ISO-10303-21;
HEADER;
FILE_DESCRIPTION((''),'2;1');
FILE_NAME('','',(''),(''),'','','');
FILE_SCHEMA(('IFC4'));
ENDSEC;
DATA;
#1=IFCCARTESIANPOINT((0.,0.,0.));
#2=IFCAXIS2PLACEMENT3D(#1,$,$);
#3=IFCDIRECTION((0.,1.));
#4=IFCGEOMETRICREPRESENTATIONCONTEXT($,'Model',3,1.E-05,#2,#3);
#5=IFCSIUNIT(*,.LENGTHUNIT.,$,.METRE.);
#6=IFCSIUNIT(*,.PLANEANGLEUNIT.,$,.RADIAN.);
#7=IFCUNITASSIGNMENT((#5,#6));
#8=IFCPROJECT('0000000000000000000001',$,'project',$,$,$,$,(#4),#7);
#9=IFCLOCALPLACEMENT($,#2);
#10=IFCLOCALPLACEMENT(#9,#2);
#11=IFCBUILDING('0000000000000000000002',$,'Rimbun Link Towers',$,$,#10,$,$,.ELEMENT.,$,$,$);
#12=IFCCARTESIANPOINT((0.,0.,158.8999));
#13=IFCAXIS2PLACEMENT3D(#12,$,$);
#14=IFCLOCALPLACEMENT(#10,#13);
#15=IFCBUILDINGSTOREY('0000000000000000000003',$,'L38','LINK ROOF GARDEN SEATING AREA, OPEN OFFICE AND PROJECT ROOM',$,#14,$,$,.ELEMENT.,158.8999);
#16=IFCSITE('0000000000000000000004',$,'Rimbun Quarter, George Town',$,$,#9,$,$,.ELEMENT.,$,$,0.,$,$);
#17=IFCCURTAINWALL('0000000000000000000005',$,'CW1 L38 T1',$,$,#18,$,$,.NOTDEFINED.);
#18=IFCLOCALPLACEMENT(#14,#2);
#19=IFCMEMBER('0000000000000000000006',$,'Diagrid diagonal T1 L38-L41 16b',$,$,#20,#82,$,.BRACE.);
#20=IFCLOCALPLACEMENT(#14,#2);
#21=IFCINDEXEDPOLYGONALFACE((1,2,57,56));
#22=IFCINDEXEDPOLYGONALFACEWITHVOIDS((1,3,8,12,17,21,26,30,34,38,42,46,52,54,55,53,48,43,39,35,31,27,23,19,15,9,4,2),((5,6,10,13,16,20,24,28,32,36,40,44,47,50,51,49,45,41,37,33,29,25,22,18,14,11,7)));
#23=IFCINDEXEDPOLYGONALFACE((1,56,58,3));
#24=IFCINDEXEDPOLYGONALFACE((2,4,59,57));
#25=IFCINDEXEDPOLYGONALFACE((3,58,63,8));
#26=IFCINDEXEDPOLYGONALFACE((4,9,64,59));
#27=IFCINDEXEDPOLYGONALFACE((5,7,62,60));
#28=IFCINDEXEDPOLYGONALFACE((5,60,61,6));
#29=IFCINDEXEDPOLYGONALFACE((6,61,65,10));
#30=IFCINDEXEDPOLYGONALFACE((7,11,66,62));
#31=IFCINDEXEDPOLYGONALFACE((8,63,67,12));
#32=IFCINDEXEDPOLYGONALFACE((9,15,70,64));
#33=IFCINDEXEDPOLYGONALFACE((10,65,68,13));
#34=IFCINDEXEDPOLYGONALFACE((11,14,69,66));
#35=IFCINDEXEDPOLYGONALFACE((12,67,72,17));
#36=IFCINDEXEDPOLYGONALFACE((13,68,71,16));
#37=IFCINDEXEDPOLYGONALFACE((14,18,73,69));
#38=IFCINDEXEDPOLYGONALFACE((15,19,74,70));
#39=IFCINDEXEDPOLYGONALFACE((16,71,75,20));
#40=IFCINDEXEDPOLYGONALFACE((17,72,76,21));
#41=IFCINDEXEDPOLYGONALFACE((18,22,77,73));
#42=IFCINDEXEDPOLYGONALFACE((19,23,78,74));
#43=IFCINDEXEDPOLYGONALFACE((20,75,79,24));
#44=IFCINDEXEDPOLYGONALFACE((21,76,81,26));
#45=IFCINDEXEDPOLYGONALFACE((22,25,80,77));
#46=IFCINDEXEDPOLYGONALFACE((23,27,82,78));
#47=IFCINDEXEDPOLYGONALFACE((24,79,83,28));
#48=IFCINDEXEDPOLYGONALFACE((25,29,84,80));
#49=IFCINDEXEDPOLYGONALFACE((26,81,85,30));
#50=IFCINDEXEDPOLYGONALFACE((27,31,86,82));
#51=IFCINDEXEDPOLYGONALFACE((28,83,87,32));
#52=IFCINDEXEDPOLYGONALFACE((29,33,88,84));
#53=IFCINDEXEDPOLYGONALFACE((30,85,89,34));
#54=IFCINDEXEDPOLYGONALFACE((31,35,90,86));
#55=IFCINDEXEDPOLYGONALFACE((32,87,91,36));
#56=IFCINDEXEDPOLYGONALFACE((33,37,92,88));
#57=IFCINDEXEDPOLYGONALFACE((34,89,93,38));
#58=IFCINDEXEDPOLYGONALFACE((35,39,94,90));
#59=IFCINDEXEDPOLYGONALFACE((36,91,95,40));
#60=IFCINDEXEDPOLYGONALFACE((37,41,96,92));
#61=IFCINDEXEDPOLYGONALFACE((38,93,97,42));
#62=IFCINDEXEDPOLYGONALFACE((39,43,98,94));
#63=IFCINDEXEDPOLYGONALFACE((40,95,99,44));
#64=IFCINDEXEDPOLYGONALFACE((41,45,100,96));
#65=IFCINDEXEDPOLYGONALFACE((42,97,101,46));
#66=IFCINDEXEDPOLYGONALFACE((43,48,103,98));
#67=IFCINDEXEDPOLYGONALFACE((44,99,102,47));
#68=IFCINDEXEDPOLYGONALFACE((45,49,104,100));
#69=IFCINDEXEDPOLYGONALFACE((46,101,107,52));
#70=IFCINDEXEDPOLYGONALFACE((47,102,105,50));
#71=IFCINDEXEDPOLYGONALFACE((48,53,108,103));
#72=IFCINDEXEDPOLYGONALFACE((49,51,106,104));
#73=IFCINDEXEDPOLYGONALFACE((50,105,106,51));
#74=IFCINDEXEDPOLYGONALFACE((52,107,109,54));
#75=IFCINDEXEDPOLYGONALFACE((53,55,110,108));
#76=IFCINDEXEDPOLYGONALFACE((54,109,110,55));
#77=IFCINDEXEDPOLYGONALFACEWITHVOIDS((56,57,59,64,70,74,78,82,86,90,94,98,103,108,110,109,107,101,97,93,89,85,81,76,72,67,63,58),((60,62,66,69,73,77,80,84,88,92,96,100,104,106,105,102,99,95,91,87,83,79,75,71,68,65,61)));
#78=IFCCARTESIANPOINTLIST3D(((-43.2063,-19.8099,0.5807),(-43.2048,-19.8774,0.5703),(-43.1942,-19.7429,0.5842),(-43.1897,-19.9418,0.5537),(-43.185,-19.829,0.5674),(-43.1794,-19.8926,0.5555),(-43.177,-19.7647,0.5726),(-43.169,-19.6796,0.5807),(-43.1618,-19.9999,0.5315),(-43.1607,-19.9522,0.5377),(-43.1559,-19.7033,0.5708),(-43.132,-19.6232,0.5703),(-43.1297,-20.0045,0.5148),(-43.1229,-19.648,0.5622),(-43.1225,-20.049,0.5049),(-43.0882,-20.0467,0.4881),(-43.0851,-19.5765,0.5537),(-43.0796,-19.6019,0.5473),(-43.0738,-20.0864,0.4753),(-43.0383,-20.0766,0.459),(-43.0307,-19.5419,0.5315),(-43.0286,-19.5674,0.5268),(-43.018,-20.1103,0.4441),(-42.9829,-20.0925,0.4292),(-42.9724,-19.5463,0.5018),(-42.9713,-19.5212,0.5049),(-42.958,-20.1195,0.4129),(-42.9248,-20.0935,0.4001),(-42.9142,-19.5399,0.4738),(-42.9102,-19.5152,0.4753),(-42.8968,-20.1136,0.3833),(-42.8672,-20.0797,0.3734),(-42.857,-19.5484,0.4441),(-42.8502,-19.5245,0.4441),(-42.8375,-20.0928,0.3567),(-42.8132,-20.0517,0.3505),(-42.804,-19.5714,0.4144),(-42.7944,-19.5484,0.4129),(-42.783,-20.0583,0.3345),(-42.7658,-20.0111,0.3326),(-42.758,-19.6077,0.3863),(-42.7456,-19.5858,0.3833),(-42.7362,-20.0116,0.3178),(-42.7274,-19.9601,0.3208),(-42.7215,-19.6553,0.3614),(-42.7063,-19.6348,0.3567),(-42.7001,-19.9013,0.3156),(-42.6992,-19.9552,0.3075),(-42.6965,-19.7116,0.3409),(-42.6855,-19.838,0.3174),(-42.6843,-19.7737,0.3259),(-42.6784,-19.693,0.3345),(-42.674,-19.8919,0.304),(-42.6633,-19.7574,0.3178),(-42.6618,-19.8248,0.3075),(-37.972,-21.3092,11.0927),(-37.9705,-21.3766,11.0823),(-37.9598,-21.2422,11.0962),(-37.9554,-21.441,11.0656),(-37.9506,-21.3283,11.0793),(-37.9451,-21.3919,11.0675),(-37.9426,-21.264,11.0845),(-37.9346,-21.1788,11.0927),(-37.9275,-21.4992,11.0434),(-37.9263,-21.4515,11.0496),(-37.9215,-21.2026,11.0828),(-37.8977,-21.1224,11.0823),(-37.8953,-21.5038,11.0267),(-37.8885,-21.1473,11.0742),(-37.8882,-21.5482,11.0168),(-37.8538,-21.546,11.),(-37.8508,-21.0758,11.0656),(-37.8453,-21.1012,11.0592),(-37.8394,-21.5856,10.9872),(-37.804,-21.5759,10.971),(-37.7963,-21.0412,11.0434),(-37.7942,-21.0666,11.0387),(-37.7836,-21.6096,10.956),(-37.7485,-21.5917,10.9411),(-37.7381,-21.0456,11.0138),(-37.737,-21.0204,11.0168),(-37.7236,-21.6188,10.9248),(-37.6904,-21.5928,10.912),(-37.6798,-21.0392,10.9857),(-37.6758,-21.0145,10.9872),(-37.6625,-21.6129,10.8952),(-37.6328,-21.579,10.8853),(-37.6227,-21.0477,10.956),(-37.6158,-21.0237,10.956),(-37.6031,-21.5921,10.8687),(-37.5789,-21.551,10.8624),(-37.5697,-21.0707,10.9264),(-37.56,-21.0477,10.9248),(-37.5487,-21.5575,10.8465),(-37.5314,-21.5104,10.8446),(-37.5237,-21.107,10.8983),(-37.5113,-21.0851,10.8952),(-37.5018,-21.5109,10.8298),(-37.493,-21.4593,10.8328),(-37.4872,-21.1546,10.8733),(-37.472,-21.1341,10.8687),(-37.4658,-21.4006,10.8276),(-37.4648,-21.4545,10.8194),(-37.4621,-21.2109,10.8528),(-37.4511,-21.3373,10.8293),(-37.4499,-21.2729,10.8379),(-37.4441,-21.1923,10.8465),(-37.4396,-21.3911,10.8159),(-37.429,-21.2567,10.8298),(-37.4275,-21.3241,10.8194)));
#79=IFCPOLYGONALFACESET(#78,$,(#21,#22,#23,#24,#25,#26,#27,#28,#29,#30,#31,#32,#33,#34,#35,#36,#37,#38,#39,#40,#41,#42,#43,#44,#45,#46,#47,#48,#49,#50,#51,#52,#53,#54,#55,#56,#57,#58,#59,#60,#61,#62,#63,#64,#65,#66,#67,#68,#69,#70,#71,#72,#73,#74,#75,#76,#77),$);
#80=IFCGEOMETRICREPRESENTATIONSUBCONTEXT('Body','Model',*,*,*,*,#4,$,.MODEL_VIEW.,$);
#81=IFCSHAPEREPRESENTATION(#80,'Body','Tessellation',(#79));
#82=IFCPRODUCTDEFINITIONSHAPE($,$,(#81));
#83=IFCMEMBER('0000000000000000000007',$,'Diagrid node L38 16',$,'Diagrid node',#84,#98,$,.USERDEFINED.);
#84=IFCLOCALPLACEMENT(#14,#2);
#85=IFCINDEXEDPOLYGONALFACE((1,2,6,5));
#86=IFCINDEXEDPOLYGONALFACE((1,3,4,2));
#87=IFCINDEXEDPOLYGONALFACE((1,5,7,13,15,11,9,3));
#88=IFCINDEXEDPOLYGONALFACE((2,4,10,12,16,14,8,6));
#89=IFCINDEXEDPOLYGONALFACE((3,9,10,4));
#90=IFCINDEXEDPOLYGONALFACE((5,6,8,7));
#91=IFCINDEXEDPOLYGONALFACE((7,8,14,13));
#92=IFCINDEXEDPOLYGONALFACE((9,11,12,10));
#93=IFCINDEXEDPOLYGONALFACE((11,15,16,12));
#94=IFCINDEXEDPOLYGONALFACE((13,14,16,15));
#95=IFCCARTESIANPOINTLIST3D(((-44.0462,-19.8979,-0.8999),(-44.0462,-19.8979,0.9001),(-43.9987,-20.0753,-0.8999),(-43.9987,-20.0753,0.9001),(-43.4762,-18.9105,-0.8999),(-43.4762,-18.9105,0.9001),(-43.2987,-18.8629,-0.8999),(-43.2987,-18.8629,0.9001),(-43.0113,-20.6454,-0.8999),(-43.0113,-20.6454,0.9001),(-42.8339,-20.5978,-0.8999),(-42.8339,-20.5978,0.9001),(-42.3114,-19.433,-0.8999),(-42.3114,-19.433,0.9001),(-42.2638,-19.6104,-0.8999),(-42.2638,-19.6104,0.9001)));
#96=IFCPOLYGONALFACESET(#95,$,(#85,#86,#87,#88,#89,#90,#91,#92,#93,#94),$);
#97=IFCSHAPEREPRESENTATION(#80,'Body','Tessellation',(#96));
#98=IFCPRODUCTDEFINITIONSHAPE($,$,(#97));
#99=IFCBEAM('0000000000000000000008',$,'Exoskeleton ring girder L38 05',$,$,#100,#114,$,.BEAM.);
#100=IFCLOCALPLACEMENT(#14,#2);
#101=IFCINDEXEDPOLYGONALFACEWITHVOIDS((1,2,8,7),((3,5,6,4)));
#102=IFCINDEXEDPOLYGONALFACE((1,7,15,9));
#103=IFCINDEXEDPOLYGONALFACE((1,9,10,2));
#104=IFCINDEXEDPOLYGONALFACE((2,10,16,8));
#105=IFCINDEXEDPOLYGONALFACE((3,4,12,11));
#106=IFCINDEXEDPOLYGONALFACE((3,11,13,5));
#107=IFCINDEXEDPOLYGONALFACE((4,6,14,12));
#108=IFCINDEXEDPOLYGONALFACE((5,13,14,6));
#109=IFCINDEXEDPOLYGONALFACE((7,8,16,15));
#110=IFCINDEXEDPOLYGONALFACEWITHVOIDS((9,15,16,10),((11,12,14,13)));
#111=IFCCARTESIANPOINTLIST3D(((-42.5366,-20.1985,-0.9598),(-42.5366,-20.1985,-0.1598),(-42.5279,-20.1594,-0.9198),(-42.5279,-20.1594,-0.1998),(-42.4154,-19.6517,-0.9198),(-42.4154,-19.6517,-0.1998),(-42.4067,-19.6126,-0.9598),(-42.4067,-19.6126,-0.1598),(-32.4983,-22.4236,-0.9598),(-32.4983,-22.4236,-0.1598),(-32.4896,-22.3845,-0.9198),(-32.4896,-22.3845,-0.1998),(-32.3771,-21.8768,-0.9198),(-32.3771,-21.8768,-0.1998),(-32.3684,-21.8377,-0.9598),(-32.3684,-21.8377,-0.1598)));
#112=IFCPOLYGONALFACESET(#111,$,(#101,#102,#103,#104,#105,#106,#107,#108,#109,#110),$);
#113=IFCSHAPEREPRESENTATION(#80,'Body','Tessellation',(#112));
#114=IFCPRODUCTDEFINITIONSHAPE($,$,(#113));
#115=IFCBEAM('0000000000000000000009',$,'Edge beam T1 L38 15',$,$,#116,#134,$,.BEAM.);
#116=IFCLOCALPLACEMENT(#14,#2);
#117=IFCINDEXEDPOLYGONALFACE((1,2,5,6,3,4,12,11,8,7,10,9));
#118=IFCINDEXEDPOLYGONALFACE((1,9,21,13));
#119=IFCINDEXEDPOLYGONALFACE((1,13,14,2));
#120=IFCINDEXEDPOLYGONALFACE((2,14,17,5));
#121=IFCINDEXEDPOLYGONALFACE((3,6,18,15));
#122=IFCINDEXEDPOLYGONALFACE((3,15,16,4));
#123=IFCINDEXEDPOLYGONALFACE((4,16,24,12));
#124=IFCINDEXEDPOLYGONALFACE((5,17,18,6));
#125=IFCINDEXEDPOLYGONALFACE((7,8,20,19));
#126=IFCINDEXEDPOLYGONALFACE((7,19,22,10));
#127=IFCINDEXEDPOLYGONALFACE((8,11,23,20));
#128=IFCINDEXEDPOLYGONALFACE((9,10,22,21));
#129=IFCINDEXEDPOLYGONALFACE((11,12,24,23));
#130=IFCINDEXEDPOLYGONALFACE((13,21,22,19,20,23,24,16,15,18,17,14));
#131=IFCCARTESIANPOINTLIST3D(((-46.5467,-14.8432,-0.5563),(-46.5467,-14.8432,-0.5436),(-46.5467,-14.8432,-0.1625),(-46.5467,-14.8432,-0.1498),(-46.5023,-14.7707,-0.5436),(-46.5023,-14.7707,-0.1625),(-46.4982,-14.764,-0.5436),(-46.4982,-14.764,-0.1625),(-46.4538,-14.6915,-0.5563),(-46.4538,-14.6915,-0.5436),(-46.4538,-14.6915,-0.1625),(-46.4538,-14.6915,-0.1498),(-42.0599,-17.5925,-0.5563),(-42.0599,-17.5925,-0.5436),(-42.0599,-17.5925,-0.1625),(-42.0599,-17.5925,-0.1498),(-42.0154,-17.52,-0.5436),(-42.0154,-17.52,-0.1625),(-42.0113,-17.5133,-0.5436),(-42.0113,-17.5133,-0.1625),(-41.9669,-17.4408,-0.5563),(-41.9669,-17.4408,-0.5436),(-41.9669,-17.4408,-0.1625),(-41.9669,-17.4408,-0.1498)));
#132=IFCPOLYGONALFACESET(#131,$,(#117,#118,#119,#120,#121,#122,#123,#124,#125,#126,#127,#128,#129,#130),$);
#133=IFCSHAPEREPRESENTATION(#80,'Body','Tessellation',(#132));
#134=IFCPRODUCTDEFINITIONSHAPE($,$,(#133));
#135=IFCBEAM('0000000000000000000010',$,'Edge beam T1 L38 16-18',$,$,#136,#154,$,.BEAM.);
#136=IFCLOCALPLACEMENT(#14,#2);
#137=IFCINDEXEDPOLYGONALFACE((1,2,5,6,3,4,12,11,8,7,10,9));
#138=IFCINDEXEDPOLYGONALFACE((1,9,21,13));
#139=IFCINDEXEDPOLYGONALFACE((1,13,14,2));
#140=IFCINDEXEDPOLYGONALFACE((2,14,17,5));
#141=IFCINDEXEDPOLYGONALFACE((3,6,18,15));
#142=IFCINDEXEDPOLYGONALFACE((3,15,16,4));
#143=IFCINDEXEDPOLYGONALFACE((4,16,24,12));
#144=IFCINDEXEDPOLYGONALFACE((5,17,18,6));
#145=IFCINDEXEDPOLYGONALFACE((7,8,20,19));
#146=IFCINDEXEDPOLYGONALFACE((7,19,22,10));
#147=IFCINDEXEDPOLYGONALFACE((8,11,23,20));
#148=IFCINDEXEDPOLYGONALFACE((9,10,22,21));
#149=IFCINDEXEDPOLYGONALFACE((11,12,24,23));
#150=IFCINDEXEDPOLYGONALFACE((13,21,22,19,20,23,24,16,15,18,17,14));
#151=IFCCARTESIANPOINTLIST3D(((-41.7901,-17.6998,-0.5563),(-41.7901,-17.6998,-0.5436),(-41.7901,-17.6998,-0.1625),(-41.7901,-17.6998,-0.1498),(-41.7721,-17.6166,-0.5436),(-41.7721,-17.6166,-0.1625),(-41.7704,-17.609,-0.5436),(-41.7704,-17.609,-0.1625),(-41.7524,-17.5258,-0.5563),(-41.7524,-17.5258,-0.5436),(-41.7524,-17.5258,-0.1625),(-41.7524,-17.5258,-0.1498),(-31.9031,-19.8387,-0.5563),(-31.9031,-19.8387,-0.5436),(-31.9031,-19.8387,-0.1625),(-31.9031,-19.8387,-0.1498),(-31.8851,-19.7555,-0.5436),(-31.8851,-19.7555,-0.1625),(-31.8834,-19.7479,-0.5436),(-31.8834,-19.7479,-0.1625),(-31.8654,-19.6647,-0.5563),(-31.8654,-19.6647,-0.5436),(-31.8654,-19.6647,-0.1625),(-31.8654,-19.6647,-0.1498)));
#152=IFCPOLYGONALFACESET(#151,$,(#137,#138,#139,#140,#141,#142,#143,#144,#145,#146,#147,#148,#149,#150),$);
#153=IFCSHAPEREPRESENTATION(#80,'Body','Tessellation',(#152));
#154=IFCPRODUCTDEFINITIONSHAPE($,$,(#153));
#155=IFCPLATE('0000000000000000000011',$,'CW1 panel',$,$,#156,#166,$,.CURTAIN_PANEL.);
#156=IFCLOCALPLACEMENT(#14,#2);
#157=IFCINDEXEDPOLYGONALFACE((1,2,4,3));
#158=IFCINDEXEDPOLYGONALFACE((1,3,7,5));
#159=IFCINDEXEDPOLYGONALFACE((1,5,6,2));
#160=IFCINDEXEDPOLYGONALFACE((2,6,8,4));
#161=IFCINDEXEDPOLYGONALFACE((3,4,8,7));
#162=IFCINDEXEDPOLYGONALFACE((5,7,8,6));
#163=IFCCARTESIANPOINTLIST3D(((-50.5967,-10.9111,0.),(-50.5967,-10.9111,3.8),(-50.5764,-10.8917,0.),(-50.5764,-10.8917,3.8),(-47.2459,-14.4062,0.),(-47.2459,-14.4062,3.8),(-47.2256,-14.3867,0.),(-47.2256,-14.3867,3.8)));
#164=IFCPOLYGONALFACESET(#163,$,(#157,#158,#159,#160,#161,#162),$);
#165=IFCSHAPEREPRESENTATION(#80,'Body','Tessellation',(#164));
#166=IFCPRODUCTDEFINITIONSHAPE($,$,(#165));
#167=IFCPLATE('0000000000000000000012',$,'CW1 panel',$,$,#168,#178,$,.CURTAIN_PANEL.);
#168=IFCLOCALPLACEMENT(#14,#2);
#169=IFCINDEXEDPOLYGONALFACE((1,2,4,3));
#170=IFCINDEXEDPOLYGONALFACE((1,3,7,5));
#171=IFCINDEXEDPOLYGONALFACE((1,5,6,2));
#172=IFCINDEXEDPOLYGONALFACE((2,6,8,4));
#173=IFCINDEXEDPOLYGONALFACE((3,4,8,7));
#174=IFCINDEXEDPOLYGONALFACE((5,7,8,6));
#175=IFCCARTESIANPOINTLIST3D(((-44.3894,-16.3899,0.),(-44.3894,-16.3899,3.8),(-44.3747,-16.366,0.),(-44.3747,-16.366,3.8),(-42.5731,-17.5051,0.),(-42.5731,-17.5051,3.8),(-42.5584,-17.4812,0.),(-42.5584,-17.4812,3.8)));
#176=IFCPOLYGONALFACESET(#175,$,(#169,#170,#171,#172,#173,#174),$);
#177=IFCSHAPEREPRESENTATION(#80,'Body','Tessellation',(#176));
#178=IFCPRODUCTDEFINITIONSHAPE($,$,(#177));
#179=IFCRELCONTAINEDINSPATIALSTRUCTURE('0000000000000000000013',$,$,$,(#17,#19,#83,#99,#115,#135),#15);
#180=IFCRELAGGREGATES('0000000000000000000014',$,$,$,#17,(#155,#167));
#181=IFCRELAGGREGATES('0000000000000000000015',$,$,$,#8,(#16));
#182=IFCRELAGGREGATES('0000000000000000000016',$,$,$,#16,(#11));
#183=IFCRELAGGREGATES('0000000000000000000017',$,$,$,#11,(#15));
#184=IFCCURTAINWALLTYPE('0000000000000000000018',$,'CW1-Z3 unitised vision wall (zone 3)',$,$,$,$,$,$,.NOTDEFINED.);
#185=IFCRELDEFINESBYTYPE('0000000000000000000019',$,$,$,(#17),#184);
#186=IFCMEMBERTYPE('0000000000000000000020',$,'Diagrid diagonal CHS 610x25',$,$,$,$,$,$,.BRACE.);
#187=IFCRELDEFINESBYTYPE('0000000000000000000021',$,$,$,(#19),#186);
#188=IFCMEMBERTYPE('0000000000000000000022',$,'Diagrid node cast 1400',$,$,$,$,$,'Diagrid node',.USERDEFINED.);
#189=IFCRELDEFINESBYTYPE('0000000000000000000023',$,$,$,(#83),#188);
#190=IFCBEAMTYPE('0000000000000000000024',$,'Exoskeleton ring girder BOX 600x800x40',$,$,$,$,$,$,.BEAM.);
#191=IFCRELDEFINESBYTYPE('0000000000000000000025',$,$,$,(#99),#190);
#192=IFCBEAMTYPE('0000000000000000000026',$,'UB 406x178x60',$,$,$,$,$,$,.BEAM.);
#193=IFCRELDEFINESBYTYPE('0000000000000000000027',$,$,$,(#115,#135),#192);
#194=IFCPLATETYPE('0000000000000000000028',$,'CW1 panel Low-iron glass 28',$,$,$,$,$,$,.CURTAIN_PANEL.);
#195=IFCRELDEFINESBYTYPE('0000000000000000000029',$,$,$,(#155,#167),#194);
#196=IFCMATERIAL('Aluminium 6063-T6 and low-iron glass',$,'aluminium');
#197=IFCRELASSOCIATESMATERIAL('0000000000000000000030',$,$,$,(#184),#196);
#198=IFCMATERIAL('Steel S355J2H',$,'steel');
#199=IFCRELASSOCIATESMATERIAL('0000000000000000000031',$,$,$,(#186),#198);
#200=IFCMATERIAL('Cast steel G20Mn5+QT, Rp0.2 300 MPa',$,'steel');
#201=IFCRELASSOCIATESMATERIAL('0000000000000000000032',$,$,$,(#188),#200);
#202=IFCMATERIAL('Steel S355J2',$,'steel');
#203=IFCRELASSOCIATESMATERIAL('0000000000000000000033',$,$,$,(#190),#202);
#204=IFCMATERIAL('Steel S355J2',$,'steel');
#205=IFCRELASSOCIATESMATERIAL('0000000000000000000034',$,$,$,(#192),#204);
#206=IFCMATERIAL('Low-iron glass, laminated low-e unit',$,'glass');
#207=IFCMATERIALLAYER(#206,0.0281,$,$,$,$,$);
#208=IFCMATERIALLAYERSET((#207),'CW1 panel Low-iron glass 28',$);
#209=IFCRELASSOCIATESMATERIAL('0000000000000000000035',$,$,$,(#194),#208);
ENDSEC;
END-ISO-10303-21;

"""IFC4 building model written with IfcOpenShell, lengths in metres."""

from ifc_helpers import new_model, si_unit, direction, frame, origin, origin_2d, place, context, subcontext, project, spatial, polyline, rectangle, hollow_rectangle, hollow_circle, i_section, outline, extrude, material, layer, layer_set, material_profile, profile_set, type_object, element, aggregate, save


model = new_model("IFC4")

# Units and contexts
model_context = context("Model", 3, precision=1e-05, world=origin(), true_north=direction((0.0, 1.0)))
body_context = subcontext(model_context, "Body", "Model", "MODEL_VIEW")
ifc_project = project(units=[si_unit("LENGTHUNIT", "METRE"), si_unit("PLANEANGLEUNIT", "RADIAN")], contexts=[model_context])

# Site, building, storey
site_placement = place(None, origin())
site = spatial("IfcSite", under=ifc_project, at=site_placement, Name="Rimbun Quarter, George Town", CompositionType="ELEMENT", RefElevation=0.0)
building_placement = place(site_placement, origin())
building = spatial("IfcBuilding", under=site, at=building_placement, Name="Rimbun Link Towers", CompositionType="ELEMENT")
storey_placement = place(building_placement, frame((0.0, 0.0, 158.8999)))
storey = spatial("IfcBuildingStorey", under=building, at=storey_placement, Name="L38", Description="LINK ROOF GARDEN SEATING AREA, OPEN OFFICE AND PROJECT ROOM", CompositionType="ELEMENT", Elevation=158.8999)

# Curtain wall
ifc_material_1 = material(Name="Aluminium 6063-T6 and low-iron glass", Category="aluminium")
curtain_wall_type = type_object("IfcCurtainWallType", Name="CW1-Z3 unitised vision wall (zone 3)", PredefinedType="NOTDEFINED", material=ifc_material_1)
curtain_wall_placement = place(storey_placement, origin())
curtain_wall = element("IfcCurtainWall", 1, at=curtain_wall_placement, inside=storey, type_object=curtain_wall_type, Name="CW1 L38 T1", PredefinedType="NOTDEFINED")

# Members
ifc_material_2 = material(Name="Steel S355J2H", Category="steel")
ifc_material_profile_1 = material_profile(ifc_material_2, hollow_circle(Radius=0.3047, WallThickness=0.0249, at=origin_2d()), Name="Diagrid diagonal CHS 610x25")
ifc_profile_set_1 = profile_set([ifc_material_profile_1], Name="Steel S355J2H")
member_type_1 = type_object("IfcMemberType", Name="Diagrid diagonal CHS 610x25", PredefinedType="BRACE", material=ifc_profile_set_1)
member_1_placement = place(storey_placement, frame((-42.9341, -19.8174, 0.4441), z_axis=(0.442152, -0.126644, 0.887954), x_axis=(0.275355, 0.961343, 0.0)))
element("IfcMember", 2, at=member_1_placement, inside=storey, type_object=member_type_1, Name="Diagrid diagonal T1 L38-L41 16b", PredefinedType="BRACE", context=body_context, shape_type="SweptSolid", body=[
    extrude(hollow_circle(Radius=0.3047, WallThickness=0.0249, at=origin_2d()), origin(), (0.0, 0.0, 1.0), 11.8384),
])
ifc_material_3 = material(Name="Cast steel G20Mn5+QT, Rp0.2 300 MPa", Category="steel")
ifc_material_profile_2 = material_profile(ifc_material_3, outline(polyline([(0.7, -0.5701), (0.7, 0.5701), (0.5701, 0.7), (-0.5701, 0.7), (-0.7, 0.5701), (-0.7, -0.5701), (-0.5701, -0.7), (0.5701, -0.7), (0.7, -0.5701)])), Name="NODE 1400x1400")
ifc_profile_set_2 = profile_set([ifc_material_profile_2], Name="Cast steel G20Mn5+QT, Rp0.2 300 MPa")
member_type_2 = type_object("IfcMemberType", Name="Diagrid node cast 1400", ElementType="Diagrid node", PredefinedType="USERDEFINED", material=ifc_profile_set_2)
member_2_placement = place(storey_placement, frame((-43.155, -19.7542, -0.8999), z_axis=(0.0, 0.0, 1.0), x_axis=(-0.5, -0.866025, 0.0)))
element("IfcMember", 3, at=member_2_placement, inside=storey, type_object=member_type_2, Name="Diagrid node L38 16", ObjectType="Diagrid node", PredefinedType="USERDEFINED", context=body_context, shape_type="SweptSolid", body=[
    extrude(outline(polyline([(0.7, -0.5701), (0.7, 0.5701), (0.5701, 0.7), (-0.5701, 0.7), (-0.7, 0.5701), (-0.7, -0.5701), (-0.5701, -0.7), (0.5701, -0.7), (0.7, -0.5701)])), origin(), (0.0, 0.0, 1.0), 1.8),
])

# Beams
ifc_material_4 = material(Name="Steel S355J2", Category="steel")
ifc_material_profile_3 = material_profile(ifc_material_4, hollow_rectangle(XDim=0.6001, YDim=0.8, WallThickness=0.04, at=origin_2d()), Name="Exoskeleton ring girder BOX 600x800x40")
ifc_profile_set_3 = profile_set([ifc_material_profile_3], Name="Steel S355J2")
beam_type_1 = type_object("IfcBeamType", Name="Exoskeleton ring girder BOX 600x800x40", PredefinedType="BEAM", material=ifc_profile_set_3)
beam_1_placement = place(storey_placement, frame((-42.4717, -19.9055, -0.5598), z_axis=(0.976303, -0.216407, 0.0), x_axis=(0.216407, 0.976303, 0.0)))
element("IfcBeam", 4, at=beam_1_placement, inside=storey, type_object=beam_type_1, Name="Exoskeleton ring girder L38 05", PredefinedType="BEAM", context=body_context, shape_type="SweptSolid", body=[
    extrude(hollow_rectangle(XDim=0.6001, YDim=0.8, WallThickness=0.04, at=origin_2d()), origin(), (0.0, 0.0, 1.0), 10.282),
])
ifc_material_5 = material(Name="Steel S355J2", Category="steel")
ifc_material_profile_4 = material_profile(ifc_material_5, i_section(OverallWidth=0.178, OverallDepth=0.4065, WebThickness=0.0078, FlangeThickness=0.0127, at=origin_2d()), Name="UB 406x178x60")
ifc_profile_set_4 = profile_set([ifc_material_profile_4], Name="Steel S355J2")
beam_type_2 = type_object("IfcBeamType", Name="UB 406x178x60", PredefinedType="BEAM", material=ifc_profile_set_4)
beam_2_placement = place(storey_placement, frame((-46.5002, -14.7673, -0.353), z_axis=(0.852662, -0.522463, 0.0), x_axis=(0.522463, 0.852662, 0.0)))
element("IfcBeam", 5, at=beam_2_placement, inside=storey, type_object=beam_type_2, Name="Edge beam T1 L38 15", PredefinedType="BEAM", context=body_context, shape_type="SweptSolid", body=[
    extrude(i_section(OverallWidth=0.178, OverallDepth=0.4065, WebThickness=0.0078, FlangeThickness=0.0127, at=origin_2d()), origin(), (0.0, 0.0, 1.0), 5.2622),
])
beam_3_placement = place(storey_placement, frame((-41.7712, -17.6128, -0.353), z_axis=(0.97739, -0.211446, 0.0), x_axis=(0.211446, 0.97739, 0.0)))
element("IfcBeam", 6, at=beam_3_placement, inside=storey, type_object=beam_type_2, Name="Edge beam T1 L38 16-18", PredefinedType="BEAM", context=body_context, shape_type="SweptSolid", body=[
    extrude(i_section(OverallWidth=0.178, OverallDepth=0.4065, WebThickness=0.0078, FlangeThickness=0.0127, at=origin_2d()), origin(), (0.0, 0.0, 1.0), 10.1157),
])

# Plates
ifc_material_6 = material(Name="Low-iron glass, laminated low-e unit", Category="glass")
ifc_layer = layer(ifc_material_6, 0.0281)
ifc_layer_set = layer_set([ifc_layer], Name="CW1 panel Low-iron glass 28")
plate_type = type_object("IfcPlateType", Name="CW1 panel Low-iron glass 28", PredefinedType="CURTAIN_PANEL", material=ifc_layer_set)
plate_1_placement = place(storey_placement, frame((-48.9111, -12.6489, 0.0), z_axis=(0.0, 0.0, 1.0), x_axis=(-0.692052, 0.721847, 0.0)))
plate_1 = element("IfcPlate", 7, at=plate_1_placement, type_object=plate_type, Name="CW1 panel", PredefinedType="CURTAIN_PANEL", context=body_context, shape_type="SweptSolid", body=[
    extrude(rectangle(XDim=4.8418, YDim=0.0281, at=origin_2d()), origin(), (0.0, 0.0, 1.0), 3.8),
])
plate_2_placement = place(storey_placement, frame((-43.4739, -16.9355, 0.0), z_axis=(0.0, 0.0, 1.0), x_axis=(-0.852179, 0.52325, 0.0)))
plate_2 = element("IfcPlate", 8, at=plate_2_placement, type_object=plate_type, Name="CW1 panel", PredefinedType="CURTAIN_PANEL", context=body_context, shape_type="SweptSolid", body=[
    extrude(rectangle(XDim=2.1313, YDim=0.0281, at=origin_2d()), origin(), (0.0, 0.0, 1.0), 3.8),
])
aggregate(curtain_wall, [plate_1, plate_2])

save(model, "model.ifc")
